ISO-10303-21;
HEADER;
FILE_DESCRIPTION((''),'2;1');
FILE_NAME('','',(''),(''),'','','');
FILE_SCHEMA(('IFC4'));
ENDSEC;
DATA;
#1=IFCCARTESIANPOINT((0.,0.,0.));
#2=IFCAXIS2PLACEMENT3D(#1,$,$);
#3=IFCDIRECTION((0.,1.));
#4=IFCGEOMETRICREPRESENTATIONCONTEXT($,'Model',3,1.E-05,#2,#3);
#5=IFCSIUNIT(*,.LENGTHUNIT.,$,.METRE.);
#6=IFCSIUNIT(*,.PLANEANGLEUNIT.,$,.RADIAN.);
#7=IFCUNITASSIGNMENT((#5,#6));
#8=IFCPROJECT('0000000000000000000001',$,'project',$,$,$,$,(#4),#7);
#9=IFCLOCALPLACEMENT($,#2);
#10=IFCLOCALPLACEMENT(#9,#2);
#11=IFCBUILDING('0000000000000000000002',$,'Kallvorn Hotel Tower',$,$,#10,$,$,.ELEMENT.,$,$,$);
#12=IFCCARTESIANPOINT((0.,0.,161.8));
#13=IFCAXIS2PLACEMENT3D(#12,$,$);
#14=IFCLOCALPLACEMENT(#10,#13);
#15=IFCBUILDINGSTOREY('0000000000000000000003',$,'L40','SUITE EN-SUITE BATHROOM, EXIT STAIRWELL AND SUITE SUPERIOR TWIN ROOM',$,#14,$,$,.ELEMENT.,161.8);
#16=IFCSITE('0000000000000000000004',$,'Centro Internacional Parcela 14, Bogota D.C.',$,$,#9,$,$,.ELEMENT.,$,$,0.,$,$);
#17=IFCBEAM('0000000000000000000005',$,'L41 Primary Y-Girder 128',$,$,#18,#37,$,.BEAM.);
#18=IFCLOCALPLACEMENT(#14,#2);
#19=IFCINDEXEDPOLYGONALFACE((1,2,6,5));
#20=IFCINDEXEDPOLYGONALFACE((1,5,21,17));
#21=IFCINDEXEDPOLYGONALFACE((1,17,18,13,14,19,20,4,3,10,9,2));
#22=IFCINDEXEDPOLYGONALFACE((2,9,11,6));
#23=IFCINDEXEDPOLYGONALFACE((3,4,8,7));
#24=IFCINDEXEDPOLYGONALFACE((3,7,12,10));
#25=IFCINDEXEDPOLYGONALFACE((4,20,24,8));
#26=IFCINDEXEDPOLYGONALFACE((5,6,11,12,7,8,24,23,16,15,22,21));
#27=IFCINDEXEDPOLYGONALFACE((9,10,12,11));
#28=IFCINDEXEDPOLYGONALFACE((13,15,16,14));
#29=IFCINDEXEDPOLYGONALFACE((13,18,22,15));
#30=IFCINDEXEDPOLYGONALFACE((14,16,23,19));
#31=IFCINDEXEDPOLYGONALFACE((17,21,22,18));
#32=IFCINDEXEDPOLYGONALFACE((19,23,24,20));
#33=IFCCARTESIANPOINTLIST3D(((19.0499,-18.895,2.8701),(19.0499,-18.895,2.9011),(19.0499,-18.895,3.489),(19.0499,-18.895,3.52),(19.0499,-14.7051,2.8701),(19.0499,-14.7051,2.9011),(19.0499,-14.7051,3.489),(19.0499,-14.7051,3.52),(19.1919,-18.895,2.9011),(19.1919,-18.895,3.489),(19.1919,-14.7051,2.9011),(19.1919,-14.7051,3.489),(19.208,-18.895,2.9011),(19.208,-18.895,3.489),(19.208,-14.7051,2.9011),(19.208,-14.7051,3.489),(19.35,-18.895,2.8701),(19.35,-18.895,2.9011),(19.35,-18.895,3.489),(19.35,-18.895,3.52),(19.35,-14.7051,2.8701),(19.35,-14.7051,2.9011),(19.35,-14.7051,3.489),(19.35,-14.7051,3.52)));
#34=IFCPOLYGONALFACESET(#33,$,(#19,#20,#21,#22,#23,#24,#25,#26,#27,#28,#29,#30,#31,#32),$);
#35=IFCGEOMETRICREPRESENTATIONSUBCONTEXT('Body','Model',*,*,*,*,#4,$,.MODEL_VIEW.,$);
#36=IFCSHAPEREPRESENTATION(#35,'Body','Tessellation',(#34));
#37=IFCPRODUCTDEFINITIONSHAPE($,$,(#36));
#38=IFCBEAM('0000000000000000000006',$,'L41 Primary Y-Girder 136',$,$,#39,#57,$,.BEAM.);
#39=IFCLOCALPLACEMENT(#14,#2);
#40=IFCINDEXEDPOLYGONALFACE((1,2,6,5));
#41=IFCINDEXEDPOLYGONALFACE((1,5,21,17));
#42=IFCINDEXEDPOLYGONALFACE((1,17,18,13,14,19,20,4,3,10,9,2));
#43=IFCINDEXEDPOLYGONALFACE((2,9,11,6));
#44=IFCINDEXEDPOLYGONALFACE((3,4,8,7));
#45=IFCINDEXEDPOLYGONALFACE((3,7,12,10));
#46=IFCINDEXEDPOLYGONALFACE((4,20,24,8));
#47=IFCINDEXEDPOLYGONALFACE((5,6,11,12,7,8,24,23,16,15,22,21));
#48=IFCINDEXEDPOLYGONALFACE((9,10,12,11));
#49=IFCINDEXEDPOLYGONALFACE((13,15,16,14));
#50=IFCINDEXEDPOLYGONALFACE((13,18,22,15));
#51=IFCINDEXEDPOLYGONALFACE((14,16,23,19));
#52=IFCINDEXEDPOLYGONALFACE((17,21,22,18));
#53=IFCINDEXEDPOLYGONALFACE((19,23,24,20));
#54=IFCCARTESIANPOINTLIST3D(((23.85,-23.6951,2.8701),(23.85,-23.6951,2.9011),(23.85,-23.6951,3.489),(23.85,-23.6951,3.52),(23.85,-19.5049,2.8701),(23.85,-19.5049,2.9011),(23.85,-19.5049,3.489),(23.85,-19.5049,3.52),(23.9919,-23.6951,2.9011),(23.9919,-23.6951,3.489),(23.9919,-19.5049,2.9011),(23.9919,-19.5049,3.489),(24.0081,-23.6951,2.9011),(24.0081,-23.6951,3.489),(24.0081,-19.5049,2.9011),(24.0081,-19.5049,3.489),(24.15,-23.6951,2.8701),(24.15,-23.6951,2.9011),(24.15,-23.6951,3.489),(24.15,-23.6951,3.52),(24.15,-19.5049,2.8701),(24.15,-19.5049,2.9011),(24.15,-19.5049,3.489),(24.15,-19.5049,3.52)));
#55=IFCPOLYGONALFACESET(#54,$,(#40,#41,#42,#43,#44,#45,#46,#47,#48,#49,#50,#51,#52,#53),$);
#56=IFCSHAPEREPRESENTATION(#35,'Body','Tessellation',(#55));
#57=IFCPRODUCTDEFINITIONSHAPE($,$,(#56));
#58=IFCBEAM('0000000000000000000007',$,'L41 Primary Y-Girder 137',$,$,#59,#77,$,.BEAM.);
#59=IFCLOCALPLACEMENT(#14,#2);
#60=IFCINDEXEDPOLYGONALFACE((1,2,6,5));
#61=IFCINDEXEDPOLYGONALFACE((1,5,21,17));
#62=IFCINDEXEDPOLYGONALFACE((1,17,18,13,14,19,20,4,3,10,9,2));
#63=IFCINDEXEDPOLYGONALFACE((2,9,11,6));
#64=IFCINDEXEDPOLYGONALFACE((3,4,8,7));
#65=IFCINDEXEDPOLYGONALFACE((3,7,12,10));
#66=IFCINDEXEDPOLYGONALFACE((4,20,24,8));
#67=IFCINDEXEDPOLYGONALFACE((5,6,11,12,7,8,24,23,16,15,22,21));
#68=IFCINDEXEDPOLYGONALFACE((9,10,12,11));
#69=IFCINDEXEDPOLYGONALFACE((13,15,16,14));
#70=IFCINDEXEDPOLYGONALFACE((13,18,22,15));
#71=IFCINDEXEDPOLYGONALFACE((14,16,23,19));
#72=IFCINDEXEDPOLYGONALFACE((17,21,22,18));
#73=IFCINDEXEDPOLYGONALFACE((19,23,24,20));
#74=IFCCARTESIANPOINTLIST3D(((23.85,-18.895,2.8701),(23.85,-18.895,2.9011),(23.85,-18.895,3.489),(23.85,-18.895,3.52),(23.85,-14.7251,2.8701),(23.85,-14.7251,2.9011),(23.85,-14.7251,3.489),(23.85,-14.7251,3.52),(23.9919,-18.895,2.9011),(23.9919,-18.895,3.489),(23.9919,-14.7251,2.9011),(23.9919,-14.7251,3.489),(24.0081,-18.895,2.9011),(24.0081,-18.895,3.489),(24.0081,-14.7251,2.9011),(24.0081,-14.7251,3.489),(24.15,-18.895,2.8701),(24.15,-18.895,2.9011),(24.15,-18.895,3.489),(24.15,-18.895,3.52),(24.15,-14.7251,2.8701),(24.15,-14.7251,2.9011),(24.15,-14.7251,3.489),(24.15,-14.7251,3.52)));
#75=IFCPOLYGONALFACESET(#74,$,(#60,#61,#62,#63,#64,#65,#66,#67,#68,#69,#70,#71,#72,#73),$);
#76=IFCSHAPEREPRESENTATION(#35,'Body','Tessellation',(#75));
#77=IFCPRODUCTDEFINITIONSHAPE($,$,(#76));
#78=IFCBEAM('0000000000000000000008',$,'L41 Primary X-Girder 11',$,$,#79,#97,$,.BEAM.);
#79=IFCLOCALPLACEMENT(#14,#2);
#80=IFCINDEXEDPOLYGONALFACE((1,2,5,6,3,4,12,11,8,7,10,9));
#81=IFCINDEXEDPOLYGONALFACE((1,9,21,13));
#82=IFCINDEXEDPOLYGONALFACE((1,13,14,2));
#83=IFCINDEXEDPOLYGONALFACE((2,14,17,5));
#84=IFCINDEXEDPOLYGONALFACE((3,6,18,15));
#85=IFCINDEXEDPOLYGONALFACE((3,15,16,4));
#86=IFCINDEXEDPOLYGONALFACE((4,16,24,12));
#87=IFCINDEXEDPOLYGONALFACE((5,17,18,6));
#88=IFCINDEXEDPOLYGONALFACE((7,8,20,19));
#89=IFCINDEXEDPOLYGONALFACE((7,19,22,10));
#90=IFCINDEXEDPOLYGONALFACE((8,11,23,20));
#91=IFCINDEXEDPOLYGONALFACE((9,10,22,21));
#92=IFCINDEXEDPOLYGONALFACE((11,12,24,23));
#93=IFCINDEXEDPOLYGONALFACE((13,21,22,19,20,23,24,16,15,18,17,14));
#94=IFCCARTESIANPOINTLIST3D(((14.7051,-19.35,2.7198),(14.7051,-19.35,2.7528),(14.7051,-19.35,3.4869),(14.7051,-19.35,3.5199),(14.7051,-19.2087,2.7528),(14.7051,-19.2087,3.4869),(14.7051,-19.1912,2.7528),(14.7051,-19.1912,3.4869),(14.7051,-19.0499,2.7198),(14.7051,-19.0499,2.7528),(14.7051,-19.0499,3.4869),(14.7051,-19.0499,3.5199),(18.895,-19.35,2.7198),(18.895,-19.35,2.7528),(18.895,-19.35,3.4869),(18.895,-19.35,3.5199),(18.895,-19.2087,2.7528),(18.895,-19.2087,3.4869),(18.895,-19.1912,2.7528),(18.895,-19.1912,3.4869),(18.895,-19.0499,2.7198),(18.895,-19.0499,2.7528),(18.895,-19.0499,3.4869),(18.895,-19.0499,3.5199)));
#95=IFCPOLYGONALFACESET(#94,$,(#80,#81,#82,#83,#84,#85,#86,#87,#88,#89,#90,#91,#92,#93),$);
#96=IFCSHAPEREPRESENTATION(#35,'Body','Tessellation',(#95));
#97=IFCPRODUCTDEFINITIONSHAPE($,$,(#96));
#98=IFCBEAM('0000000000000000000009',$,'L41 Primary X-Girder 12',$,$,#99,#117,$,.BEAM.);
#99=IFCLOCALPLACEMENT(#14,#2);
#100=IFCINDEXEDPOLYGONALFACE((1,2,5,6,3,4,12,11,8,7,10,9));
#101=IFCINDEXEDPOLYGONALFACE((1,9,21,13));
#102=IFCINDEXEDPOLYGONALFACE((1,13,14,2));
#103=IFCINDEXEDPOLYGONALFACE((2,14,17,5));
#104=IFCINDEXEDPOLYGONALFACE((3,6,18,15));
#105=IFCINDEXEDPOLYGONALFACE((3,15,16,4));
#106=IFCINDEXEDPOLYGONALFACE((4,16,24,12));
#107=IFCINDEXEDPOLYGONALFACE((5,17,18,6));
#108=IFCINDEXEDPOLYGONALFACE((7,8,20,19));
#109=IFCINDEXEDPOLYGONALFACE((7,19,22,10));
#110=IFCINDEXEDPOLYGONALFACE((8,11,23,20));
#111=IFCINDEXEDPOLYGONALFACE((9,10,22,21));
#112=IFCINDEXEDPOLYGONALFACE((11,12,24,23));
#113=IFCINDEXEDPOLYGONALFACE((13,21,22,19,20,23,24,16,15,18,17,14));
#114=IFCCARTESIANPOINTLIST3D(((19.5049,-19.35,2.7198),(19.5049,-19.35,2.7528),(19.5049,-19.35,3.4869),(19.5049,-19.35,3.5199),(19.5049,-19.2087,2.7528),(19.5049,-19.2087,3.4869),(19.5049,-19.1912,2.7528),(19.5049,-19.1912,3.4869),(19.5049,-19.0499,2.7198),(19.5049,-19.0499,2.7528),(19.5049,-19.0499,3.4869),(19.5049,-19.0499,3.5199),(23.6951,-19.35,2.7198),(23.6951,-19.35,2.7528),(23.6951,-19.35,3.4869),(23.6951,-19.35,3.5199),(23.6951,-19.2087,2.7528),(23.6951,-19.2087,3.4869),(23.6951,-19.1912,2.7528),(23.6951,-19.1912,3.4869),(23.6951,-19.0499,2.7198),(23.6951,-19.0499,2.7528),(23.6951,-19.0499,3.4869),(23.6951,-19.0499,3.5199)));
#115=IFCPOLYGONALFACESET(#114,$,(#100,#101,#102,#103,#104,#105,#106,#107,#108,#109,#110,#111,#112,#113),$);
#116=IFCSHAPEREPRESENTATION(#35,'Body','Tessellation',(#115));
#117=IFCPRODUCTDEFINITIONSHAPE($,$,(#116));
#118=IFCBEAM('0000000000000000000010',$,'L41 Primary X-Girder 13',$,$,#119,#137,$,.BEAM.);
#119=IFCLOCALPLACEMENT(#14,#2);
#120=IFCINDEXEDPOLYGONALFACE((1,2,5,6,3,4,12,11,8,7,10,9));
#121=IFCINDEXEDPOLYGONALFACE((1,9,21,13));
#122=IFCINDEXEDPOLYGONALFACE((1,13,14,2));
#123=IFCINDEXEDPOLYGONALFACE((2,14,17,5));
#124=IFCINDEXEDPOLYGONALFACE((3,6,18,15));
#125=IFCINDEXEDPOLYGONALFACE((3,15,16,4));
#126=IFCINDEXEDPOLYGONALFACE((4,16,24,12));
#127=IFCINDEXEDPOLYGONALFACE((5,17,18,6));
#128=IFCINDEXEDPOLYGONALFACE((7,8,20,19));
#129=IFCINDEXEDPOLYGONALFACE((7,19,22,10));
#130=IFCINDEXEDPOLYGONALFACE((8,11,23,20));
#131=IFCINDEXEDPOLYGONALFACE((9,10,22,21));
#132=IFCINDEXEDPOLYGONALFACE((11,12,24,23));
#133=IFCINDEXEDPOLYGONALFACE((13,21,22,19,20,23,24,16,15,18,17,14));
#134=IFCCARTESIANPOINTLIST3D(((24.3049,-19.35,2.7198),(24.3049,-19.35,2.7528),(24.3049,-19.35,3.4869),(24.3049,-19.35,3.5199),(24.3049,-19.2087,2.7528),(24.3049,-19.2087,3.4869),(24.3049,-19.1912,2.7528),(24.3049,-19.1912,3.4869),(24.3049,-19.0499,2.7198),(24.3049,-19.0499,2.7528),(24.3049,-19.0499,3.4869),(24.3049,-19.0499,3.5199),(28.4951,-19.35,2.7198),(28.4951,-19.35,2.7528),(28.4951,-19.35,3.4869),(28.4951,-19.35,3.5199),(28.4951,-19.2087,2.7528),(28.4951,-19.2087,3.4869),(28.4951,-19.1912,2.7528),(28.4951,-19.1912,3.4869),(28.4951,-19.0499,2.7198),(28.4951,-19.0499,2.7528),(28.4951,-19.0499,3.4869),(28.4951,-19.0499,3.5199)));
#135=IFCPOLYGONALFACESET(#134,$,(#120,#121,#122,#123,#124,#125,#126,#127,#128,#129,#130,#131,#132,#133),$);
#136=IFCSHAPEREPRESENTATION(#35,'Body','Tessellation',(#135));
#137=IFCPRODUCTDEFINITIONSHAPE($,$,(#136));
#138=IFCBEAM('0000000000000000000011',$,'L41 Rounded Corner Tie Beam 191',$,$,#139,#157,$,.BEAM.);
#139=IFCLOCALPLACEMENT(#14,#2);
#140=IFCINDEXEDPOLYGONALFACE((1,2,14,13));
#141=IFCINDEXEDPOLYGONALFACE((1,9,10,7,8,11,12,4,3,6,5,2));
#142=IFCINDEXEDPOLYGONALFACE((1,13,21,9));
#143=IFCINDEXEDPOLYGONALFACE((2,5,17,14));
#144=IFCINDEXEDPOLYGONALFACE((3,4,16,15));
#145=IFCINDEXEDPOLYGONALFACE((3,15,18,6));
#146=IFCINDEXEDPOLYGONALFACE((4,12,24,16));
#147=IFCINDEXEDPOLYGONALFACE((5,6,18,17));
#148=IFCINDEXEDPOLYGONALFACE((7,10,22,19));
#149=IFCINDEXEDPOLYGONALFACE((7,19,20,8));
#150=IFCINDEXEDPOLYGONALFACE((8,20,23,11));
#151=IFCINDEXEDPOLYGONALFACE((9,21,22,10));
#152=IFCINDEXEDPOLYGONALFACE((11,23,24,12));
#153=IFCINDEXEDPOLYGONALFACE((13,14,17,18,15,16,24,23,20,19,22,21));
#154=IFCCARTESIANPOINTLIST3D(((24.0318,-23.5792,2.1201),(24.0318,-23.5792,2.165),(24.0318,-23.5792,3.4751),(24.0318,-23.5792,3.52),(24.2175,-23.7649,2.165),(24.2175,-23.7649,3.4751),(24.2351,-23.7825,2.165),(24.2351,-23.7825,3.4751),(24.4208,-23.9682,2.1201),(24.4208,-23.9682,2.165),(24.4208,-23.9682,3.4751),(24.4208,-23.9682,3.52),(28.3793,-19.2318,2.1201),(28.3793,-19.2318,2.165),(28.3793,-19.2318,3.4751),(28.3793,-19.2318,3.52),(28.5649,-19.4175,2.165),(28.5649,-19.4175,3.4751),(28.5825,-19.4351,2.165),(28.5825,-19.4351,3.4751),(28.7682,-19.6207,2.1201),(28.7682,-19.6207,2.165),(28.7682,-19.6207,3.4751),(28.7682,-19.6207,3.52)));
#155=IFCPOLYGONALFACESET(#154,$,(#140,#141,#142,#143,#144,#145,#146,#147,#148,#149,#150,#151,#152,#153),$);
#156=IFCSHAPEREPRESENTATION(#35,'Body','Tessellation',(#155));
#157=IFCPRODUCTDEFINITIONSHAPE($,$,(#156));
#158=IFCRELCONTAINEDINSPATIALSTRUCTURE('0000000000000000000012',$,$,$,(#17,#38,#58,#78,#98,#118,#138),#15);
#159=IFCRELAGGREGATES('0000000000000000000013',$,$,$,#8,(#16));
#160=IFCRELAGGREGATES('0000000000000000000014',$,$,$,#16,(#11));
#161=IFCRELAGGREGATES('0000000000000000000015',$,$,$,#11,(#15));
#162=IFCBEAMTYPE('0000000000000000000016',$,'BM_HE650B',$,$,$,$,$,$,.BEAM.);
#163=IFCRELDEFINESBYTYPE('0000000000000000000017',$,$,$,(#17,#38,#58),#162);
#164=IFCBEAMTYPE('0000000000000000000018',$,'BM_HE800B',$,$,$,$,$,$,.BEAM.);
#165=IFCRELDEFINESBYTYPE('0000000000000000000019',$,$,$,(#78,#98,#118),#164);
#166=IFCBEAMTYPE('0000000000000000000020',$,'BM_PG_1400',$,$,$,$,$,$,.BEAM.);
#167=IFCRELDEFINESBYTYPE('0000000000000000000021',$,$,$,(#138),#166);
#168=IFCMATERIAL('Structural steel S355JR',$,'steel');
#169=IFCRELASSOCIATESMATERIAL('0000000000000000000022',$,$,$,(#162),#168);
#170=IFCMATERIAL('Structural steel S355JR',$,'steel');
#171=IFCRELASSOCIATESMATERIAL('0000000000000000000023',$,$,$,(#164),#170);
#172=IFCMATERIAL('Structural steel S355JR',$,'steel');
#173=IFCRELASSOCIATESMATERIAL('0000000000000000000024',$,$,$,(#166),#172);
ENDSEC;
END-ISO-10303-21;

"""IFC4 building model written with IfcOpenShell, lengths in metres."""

from ifc_helpers import new_model, si_unit, direction, frame, origin, origin_2d, place, context, subcontext, project, spatial, i_section, extrude, material, material_profile, profile_set, type_object, element, save


model = new_model("IFC4")

# Units and contexts
model_context = context("Model", 3, precision=1e-05, world=origin(), true_north=direction((0.0, 1.0)))
body_context = subcontext(model_context, "Body", "Model", "MODEL_VIEW")
ifc_project = project(units=[si_unit("LENGTHUNIT", "METRE"), si_unit("PLANEANGLEUNIT", "RADIAN")], contexts=[model_context])

# Site, building, storey
site_placement = place(None, origin())
site = spatial("IfcSite", under=ifc_project, at=site_placement, Name="Centro Internacional Parcela 14, Bogota D.C.", CompositionType="ELEMENT", RefElevation=0.0)
building_placement = place(site_placement, origin())
building = spatial("IfcBuilding", under=site, at=building_placement, Name="Kallvorn Hotel Tower", CompositionType="ELEMENT")
storey_placement = place(building_placement, frame((0.0, 0.0, 161.8)))
storey = spatial("IfcBuildingStorey", under=building, at=storey_placement, Name="L40", Description="SUITE EN-SUITE BATHROOM, EXIT STAIRWELL AND SUITE SUPERIOR TWIN ROOM", CompositionType="ELEMENT", Elevation=161.8)

# Beams
ifc_material_1 = material(Name="Structural steel S355JR", Category="steel")
ifc_material_profile_1 = material_profile(ifc_material_1, i_section(OverallWidth=0.3, OverallDepth=0.6499, WebThickness=0.0161, FlangeThickness=0.031, at=origin_2d()), Name="HE 650 B")
ifc_profile_set_1 = profile_set([ifc_material_profile_1], Name="Structural steel S355JR")
beam_type_1 = type_object("IfcBeamType", Name="BM_HE650B", PredefinedType="BEAM", material=ifc_profile_set_1)
beam_1_placement = place(storey_placement, frame((19.2, -18.895, 3.1951), z_axis=(0.0, 1.0, 0.0), x_axis=(-1.0, 0.0, 0.0)))
element("IfcBeam", 1, at=beam_1_placement, inside=storey, type_object=beam_type_1, Name="L41 Primary Y-Girder 128", PredefinedType="BEAM", context=body_context, shape_type="SweptSolid", body=[
    extrude(i_section(OverallWidth=0.3, OverallDepth=0.6499, WebThickness=0.0161, FlangeThickness=0.031, at=origin_2d()), origin(), (0.0, 0.0, 1.0), 4.1899),
])
beam_2_placement = place(storey_placement, frame((24.0, -23.6951, 3.1951), z_axis=(0.0, 1.0, 0.0), x_axis=(-1.0, 0.0, 0.0)))
element("IfcBeam", 2, at=beam_2_placement, inside=storey, type_object=beam_type_1, Name="L41 Primary Y-Girder 136", PredefinedType="BEAM", context=body_context, shape_type="SweptSolid", body=[
    extrude(i_section(OverallWidth=0.3, OverallDepth=0.6499, WebThickness=0.0161, FlangeThickness=0.031, at=origin_2d()), origin(), (0.0, 0.0, 1.0), 4.1902),
])
beam_3_placement = place(storey_placement, frame((24.0, -18.895, 3.1951), z_axis=(0.0, 1.0, 0.0), x_axis=(-1.0, 0.0, 0.0)))
element("IfcBeam", 3, at=beam_3_placement, inside=storey, type_object=beam_type_1, Name="L41 Primary Y-Girder 137", PredefinedType="BEAM", context=body_context, shape_type="SweptSolid", body=[
    extrude(i_section(OverallWidth=0.3, OverallDepth=0.6499, WebThickness=0.0161, FlangeThickness=0.031, at=origin_2d()), origin(), (0.0, 0.0, 1.0), 4.1699),
])
ifc_material_2 = material(Name="Structural steel S355JR", Category="steel")
ifc_material_profile_2 = material_profile(ifc_material_2, i_section(OverallWidth=0.3, OverallDepth=0.8, WebThickness=0.0176, FlangeThickness=0.033, at=origin_2d()), Name="HE 800 B")
ifc_profile_set_2 = profile_set([ifc_material_profile_2], Name="Structural steel S355JR")
beam_type_2 = type_object("IfcBeamType", Name="BM_HE800B", PredefinedType="BEAM", material=ifc_profile_set_2)
beam_4_placement = place(storey_placement, frame((14.7051, -19.2, 3.1199), z_axis=(1.0, 0.0, 0.0), x_axis=(0.0, 1.0, 0.0)))
element("IfcBeam", 4, at=beam_4_placement, inside=storey, type_object=beam_type_2, Name="L41 Primary X-Girder 11", PredefinedType="BEAM", context=body_context, shape_type="SweptSolid", body=[
    extrude(i_section(OverallWidth=0.3, OverallDepth=0.8, WebThickness=0.0176, FlangeThickness=0.033, at=origin_2d()), origin(), (0.0, 0.0, 1.0), 4.1899),
])
for number, where, z_axis, x_axis, name in (
    (5, (19.5049, -19.2, 3.1199), (1.0, 0.0, 0.0), (0.0, 1.0, 0.0), "L41 Primary X-Girder 12"),
    (6, (24.3049, -19.2, 3.1199), (1.0, 0.0, 0.0), (0.0, 1.0, 0.0), "L41 Primary X-Girder 13"),
):
    element("IfcBeam", number, at=place(storey_placement, frame(where, z_axis=z_axis, x_axis=x_axis)), inside=storey, type_object=beam_type_2, Name=name, PredefinedType="BEAM", context=body_context, shape_type="SweptSolid", body=[
        extrude(i_section(OverallWidth=0.3, OverallDepth=0.8, WebThickness=0.0176, FlangeThickness=0.033, at=origin_2d()), origin(), (0.0, 0.0, 1.0), 4.1902),
    ])
ifc_material_3 = material(Name="Structural steel S355JR", Category="steel")
ifc_material_profile_3 = material_profile(ifc_material_3, i_section(OverallWidth=0.55, OverallDepth=1.3999, WebThickness=0.0249, FlangeThickness=0.0449, at=origin_2d()), Name="PG 1400x550x25x45")
ifc_profile_set_3 = profile_set([ifc_material_profile_3], Name="Structural steel S355JR")
beam_type_3 = type_object("IfcBeamType", Name="BM_PG_1400", PredefinedType="BEAM", material=ifc_profile_set_3)
beam_5_placement = place(storey_placement, frame((28.5737, -19.4263, 2.8201), z_axis=(-0.707107, -0.707107, 0.0), x_axis=(0.707107, -0.707107, 0.0)))
element("IfcBeam", 7, at=beam_5_placement, inside=storey, type_object=beam_type_3, Name="L41 Rounded Corner Tie Beam 191", PredefinedType="BEAM", context=body_context, shape_type="SweptSolid", body=[
    extrude(i_section(OverallWidth=0.55, OverallDepth=1.3999, WebThickness=0.0249, FlangeThickness=0.0449, at=origin_2d()), origin(), (0.0, 0.0, 1.0), 6.1482),
])

save(model, "model.ifc")
